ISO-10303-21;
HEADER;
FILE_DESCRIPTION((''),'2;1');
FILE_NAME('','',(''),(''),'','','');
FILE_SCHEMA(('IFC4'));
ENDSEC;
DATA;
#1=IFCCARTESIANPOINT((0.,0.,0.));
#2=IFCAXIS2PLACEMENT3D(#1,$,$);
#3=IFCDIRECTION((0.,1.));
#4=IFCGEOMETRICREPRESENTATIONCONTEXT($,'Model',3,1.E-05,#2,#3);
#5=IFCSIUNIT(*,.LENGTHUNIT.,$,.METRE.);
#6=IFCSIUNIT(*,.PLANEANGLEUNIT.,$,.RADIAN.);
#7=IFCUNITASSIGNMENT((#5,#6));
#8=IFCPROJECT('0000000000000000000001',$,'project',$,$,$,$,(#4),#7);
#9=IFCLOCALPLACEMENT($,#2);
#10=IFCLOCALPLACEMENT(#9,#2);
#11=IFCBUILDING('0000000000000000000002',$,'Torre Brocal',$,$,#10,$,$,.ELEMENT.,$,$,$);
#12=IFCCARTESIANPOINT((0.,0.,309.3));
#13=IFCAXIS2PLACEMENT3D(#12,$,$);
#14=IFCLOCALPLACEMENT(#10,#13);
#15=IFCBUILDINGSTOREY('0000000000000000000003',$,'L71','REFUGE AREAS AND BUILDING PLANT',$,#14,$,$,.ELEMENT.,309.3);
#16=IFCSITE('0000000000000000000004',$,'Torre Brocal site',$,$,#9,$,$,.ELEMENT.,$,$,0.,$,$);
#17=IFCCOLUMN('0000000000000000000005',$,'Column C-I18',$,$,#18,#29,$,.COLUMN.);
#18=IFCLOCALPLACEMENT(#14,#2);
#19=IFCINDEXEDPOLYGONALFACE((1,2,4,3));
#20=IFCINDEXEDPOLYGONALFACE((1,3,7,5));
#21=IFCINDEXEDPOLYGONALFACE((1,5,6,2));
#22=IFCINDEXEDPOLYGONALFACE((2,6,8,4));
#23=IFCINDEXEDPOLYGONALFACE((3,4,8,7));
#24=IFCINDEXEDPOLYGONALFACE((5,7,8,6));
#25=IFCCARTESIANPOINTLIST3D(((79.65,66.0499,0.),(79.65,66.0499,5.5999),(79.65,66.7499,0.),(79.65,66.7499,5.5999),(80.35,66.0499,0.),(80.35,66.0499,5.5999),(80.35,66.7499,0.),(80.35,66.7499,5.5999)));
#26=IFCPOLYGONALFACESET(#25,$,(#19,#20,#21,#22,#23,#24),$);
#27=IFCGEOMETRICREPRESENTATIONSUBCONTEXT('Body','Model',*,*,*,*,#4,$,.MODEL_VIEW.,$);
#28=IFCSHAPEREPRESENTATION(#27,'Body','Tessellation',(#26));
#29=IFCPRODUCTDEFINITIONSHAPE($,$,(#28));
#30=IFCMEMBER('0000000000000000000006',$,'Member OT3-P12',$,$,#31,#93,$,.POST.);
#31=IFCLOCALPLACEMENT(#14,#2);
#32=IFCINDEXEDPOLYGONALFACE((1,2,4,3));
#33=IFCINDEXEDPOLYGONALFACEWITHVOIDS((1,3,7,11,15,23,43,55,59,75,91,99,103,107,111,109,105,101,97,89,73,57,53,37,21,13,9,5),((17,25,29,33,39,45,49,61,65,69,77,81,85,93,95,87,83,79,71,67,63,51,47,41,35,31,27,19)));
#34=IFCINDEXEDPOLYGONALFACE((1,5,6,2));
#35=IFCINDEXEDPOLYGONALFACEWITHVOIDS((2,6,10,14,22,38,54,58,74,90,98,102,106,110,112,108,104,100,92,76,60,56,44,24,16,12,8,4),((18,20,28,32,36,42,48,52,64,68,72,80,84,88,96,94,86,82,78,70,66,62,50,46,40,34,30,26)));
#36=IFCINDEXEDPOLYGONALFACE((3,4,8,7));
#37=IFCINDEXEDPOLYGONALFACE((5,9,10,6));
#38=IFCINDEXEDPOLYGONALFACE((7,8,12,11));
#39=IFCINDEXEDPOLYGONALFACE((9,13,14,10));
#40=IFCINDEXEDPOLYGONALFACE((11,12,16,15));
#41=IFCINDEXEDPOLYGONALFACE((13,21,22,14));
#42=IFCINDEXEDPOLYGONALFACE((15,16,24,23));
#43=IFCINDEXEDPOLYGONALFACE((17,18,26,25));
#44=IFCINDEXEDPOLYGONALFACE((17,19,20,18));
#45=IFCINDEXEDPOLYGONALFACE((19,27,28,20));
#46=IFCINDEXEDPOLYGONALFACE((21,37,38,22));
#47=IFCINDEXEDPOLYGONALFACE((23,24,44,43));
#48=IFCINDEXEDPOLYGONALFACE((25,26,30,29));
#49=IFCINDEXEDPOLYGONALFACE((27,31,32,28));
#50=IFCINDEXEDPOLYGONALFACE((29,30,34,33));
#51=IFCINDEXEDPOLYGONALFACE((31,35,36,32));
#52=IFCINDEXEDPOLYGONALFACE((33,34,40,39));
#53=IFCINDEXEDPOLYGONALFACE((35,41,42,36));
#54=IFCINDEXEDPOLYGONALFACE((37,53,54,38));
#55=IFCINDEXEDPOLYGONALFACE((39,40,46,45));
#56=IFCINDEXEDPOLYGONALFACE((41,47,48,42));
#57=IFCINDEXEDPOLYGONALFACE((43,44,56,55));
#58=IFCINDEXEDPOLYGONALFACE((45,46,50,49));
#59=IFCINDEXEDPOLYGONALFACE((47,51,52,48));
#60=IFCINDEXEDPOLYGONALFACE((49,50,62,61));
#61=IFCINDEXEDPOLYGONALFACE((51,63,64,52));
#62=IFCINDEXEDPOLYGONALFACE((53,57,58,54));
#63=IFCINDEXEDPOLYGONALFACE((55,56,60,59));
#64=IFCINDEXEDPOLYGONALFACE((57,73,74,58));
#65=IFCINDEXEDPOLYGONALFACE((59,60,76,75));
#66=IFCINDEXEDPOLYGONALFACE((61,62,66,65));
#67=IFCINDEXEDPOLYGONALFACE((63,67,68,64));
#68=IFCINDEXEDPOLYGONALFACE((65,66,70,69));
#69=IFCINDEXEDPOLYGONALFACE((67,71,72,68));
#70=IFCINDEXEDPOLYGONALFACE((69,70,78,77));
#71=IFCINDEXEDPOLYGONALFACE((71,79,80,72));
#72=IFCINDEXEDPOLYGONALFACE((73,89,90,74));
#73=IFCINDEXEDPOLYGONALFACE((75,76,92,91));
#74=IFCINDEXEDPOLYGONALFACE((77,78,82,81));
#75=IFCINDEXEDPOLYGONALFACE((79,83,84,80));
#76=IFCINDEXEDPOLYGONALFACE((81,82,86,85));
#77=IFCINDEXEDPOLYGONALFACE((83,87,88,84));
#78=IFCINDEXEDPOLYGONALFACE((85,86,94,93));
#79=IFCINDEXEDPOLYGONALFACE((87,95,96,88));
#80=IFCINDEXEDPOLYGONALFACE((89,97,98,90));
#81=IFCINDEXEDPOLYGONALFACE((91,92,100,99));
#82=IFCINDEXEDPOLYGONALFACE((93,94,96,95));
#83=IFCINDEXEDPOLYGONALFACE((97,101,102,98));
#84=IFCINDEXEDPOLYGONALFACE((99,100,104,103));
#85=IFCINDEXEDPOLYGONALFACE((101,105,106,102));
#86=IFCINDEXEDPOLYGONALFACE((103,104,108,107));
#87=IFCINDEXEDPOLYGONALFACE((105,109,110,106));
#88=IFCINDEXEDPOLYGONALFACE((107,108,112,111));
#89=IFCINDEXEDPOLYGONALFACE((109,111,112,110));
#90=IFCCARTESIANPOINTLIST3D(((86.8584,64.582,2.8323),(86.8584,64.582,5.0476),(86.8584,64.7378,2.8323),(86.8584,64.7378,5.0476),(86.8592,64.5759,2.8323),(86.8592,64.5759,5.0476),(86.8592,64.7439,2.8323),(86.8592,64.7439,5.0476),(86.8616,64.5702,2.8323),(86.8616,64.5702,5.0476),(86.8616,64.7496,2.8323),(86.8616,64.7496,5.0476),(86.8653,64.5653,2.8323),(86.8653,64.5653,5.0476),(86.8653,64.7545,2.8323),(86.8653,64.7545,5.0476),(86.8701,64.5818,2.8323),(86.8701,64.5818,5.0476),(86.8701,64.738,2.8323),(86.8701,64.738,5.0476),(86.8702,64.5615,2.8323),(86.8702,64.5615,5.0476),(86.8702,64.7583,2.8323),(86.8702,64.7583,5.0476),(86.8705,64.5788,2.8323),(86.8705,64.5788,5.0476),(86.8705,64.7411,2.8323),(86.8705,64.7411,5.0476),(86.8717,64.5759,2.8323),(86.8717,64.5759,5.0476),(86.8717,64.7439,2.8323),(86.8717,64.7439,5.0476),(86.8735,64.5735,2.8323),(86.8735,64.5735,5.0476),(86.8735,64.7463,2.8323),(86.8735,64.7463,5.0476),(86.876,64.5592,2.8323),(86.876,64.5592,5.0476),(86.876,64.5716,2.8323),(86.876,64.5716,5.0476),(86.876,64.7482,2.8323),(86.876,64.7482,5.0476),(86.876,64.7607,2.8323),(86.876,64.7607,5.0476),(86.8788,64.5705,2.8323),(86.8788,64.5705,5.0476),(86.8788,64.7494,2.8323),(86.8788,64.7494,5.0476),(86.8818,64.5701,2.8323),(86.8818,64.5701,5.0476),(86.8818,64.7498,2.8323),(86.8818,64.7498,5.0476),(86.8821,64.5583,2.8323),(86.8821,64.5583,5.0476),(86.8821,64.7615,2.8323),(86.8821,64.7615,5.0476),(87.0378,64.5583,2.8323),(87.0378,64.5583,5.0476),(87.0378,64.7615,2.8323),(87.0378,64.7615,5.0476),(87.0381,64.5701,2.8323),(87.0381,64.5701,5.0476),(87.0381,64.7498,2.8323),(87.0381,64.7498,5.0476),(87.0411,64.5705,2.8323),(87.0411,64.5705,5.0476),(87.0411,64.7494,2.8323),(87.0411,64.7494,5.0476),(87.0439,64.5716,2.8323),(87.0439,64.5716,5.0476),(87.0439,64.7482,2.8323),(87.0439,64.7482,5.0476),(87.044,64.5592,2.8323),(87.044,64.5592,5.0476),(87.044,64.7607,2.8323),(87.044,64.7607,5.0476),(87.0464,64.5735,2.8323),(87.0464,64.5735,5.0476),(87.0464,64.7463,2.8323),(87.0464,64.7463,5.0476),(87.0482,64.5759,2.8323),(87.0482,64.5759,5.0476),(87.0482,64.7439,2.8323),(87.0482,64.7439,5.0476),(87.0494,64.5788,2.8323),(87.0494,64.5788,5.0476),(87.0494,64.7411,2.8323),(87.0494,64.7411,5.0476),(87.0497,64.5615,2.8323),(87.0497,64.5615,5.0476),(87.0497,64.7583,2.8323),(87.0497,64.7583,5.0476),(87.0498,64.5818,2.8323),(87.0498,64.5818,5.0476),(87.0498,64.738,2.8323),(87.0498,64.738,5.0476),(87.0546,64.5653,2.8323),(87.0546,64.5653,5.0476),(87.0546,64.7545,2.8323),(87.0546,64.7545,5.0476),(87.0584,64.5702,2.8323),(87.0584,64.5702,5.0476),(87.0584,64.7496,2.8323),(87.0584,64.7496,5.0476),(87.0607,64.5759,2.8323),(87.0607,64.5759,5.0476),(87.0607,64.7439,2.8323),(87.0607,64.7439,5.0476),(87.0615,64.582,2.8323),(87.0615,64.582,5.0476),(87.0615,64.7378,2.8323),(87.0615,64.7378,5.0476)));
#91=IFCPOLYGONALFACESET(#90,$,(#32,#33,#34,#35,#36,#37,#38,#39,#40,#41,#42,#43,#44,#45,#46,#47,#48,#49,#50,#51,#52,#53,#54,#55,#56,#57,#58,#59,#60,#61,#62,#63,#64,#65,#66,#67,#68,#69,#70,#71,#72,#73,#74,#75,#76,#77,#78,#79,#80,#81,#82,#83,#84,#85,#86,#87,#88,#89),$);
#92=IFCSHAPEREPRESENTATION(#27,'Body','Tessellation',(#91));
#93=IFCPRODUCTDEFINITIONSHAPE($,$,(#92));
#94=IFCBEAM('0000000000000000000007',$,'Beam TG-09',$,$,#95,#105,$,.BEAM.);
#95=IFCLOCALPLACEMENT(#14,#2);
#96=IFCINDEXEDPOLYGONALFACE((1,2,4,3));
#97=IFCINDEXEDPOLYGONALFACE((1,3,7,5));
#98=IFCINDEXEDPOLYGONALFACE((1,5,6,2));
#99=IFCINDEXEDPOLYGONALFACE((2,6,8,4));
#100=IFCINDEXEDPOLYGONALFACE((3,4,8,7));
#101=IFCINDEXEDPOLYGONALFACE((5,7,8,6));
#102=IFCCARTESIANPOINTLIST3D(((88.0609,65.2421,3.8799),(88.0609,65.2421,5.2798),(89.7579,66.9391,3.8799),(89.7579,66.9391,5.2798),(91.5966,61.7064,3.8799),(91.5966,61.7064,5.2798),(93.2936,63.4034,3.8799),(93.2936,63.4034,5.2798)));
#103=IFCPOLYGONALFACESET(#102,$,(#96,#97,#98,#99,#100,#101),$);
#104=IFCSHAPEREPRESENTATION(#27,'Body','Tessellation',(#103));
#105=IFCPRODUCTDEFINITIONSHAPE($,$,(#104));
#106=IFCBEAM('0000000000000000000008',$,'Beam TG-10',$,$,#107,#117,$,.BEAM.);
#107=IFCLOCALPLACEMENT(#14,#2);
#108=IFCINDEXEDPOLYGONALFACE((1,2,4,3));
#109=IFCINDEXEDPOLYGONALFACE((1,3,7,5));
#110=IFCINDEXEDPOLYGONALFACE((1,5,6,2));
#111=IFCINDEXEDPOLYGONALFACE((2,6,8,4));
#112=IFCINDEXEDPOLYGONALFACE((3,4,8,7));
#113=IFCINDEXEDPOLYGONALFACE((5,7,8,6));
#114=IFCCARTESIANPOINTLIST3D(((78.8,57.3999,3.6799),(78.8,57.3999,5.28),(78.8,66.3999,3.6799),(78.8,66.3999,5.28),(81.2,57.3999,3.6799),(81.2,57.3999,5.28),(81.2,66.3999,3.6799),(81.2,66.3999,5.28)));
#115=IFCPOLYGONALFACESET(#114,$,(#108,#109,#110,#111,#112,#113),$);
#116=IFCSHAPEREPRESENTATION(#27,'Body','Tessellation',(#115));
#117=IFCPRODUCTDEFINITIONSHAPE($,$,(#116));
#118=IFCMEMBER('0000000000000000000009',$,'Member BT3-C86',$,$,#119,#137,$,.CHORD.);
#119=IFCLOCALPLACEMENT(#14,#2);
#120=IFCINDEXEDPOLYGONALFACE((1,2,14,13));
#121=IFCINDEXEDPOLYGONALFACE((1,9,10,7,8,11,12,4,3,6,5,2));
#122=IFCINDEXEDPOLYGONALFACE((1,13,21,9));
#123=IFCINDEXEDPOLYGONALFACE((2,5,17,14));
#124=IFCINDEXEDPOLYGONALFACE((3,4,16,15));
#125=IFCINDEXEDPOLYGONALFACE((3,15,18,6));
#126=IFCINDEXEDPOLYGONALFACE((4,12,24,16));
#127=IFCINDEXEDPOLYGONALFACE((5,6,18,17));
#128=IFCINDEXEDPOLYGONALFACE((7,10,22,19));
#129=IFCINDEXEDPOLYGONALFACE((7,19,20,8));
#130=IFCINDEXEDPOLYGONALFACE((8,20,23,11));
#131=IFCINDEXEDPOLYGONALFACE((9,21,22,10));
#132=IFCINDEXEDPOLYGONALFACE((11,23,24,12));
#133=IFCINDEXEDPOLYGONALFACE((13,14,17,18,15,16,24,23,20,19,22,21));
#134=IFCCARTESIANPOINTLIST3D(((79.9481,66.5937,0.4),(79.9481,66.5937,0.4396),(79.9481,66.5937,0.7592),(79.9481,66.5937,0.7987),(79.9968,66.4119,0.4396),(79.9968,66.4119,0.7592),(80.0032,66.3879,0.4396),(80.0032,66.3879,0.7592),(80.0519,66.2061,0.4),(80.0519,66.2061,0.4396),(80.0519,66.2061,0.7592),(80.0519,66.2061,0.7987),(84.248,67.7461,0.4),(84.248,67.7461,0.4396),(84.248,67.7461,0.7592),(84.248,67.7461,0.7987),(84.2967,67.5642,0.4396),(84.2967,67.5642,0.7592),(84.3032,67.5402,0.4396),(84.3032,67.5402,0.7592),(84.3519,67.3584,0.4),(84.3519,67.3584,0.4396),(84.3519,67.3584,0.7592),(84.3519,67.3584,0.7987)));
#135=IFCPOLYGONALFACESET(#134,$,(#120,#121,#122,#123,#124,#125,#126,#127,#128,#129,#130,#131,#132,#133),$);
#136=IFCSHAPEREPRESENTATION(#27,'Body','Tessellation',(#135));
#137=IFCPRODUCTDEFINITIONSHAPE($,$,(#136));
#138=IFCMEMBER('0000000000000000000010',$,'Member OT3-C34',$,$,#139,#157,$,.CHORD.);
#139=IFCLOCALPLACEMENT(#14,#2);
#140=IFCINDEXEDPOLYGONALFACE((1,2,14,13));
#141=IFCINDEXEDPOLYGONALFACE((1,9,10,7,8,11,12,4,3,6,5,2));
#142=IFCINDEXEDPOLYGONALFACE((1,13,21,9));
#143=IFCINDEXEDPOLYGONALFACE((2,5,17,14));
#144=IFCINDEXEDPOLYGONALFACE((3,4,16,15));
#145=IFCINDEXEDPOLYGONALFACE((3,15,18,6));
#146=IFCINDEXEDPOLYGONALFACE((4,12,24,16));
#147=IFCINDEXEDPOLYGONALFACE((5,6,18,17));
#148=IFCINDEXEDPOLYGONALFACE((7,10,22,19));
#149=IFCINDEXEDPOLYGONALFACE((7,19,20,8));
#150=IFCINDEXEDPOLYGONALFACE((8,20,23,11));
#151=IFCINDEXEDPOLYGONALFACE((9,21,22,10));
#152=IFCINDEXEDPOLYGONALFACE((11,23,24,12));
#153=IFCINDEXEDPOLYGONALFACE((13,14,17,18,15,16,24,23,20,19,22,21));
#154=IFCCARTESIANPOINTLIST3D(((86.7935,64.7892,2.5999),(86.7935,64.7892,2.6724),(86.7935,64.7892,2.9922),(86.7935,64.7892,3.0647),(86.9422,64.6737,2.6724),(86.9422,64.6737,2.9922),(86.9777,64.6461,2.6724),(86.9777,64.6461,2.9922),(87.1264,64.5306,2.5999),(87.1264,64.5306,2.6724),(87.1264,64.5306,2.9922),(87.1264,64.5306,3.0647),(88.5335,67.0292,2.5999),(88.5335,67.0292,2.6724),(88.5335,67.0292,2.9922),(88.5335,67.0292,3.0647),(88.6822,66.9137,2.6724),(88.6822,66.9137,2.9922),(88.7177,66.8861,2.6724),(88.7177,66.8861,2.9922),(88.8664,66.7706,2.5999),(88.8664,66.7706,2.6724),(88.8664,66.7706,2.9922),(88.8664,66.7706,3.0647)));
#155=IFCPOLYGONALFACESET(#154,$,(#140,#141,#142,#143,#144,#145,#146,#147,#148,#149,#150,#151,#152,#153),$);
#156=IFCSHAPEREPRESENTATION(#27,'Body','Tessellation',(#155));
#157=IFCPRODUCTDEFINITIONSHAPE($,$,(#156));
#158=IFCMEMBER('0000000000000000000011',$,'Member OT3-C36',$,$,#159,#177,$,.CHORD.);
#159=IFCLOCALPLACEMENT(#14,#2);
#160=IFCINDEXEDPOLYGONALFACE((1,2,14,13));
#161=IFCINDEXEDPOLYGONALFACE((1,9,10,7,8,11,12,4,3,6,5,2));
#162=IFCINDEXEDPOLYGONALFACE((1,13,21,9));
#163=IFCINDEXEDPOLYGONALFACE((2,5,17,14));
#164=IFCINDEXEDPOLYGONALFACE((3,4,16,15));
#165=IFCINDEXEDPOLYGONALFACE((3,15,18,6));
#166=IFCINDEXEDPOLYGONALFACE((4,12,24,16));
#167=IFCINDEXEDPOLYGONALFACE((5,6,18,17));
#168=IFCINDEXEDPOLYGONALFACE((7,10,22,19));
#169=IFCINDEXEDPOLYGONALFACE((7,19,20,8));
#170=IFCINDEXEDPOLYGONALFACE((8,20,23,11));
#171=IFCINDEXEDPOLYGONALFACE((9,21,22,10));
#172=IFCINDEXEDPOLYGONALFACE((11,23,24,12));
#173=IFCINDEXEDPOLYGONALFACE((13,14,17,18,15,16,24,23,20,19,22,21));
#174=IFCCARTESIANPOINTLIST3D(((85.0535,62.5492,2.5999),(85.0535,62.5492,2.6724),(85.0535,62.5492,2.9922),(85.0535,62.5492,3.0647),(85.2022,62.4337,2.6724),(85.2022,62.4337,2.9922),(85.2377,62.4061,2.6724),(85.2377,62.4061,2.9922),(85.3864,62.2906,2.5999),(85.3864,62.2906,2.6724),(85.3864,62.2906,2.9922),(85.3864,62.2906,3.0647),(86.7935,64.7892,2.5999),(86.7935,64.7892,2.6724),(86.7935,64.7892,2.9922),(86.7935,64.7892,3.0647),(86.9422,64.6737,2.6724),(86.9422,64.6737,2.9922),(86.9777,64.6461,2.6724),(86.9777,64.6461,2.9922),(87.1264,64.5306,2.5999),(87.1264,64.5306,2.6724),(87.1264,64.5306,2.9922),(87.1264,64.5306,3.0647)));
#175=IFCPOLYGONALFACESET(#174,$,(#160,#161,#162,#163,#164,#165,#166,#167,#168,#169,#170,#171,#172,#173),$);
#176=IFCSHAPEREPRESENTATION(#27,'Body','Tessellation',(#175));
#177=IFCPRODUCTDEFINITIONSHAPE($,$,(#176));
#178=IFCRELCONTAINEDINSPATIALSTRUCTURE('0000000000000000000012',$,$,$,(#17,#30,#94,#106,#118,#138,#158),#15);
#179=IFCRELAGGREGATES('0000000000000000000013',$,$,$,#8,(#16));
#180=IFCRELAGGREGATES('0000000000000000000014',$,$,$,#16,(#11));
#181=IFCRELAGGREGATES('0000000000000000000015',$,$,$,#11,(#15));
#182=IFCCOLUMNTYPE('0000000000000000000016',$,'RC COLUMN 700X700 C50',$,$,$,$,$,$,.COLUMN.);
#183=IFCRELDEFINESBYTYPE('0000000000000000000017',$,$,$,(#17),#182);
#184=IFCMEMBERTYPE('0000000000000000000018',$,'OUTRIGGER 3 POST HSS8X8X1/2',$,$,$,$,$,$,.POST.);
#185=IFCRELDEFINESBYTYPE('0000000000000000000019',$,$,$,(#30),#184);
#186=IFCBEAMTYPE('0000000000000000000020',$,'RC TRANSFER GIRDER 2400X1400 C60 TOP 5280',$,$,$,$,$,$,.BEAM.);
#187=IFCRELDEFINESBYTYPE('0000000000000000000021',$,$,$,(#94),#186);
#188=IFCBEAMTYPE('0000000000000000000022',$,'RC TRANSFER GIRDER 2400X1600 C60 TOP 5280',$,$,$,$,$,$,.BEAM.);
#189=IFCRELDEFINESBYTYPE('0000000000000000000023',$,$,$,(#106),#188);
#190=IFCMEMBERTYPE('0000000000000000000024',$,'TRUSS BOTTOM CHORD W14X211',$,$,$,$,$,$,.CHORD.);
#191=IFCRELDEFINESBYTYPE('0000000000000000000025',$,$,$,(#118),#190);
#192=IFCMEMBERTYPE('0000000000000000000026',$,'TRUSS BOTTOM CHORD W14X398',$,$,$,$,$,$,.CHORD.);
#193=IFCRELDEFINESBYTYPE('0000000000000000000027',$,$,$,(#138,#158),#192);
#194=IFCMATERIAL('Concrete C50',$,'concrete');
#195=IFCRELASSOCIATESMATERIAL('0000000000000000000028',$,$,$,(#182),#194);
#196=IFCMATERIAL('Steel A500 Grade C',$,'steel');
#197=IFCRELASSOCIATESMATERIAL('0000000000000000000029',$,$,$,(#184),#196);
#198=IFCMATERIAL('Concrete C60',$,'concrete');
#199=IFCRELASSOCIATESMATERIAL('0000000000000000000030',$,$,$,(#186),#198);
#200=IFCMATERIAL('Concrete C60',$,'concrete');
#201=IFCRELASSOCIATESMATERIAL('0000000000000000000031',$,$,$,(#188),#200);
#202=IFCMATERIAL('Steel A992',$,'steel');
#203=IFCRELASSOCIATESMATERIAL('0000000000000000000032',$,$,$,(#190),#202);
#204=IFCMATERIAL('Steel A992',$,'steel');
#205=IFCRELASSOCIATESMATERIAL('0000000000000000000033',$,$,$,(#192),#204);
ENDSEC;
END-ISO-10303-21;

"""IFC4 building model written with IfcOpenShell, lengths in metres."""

from ifc_helpers import new_model, si_unit, direction, frame, origin, origin_2d, place, context, subcontext, project, spatial, rectangle, hollow_rectangle, i_section, extrude, material, material_profile, profile_set, type_object, element, save


model = new_model("IFC4")

# Units and contexts
model_context = context("Model", 3, precision=1e-05, world=origin(), true_north=direction((0.0, 1.0)))
body_context = subcontext(model_context, "Body", "Model", "MODEL_VIEW")
ifc_project = project(units=[si_unit("LENGTHUNIT", "METRE"), si_unit("PLANEANGLEUNIT", "RADIAN")], contexts=[model_context])

# Site, building, storey
site_placement = place(None, origin())
site = spatial("IfcSite", under=ifc_project, at=site_placement, Name="Torre Brocal site", CompositionType="ELEMENT", RefElevation=0.0)
building_placement = place(site_placement, origin())
building = spatial("IfcBuilding", under=site, at=building_placement, Name="Torre Brocal", CompositionType="ELEMENT")
storey_placement = place(building_placement, frame((0.0, 0.0, 309.3)))
storey = spatial("IfcBuildingStorey", under=building, at=storey_placement, Name="L71", Description="REFUGE AREAS AND BUILDING PLANT", CompositionType="ELEMENT", Elevation=309.3)

# Column
ifc_material_1 = material(Name="Concrete C50", Category="concrete")
ifc_material_profile_1 = material_profile(ifc_material_1, rectangle(XDim=0.7, YDim=0.7, at=origin_2d()), Name="RC 700X700")
ifc_profile_set_1 = profile_set([ifc_material_profile_1], Name="Concrete C50")
column_type = type_object("IfcColumnType", Name="RC COLUMN 700X700 C50", PredefinedType="COLUMN", material=ifc_profile_set_1)
column_placement = place(storey_placement, frame((80.0, 66.3999, 0.0), z_axis=(0.0, 0.0, 1.0), x_axis=(0.0, -1.0, 0.0)))
element("IfcColumn", 1, at=column_placement, inside=storey, type_object=column_type, Name="Column C-I18", PredefinedType="COLUMN", context=body_context, shape_type="SweptSolid", body=[
    extrude(rectangle(XDim=0.7, YDim=0.7, at=origin_2d()), origin(), (0.0, 0.0, 1.0), 5.5999),
])

# Member
ifc_material_2 = material(Name="Steel A500 Grade C", Category="steel")
ifc_material_profile_2 = material_profile(ifc_material_2, hollow_rectangle(XDim=0.2031, YDim=0.2031, WallThickness=0.0117, InnerFilletRadius=0.0117, OuterFilletRadius=0.0237, at=origin_2d()), Name="HSS8X8X1/2")
ifc_profile_set_2 = profile_set([ifc_material_profile_2], Name="Steel A500 Grade C")
member_type_1 = type_object("IfcMemberType", Name="OUTRIGGER 3 POST HSS8X8X1/2", PredefinedType="POST", material=ifc_profile_set_2)
member_1_placement = place(storey_placement, frame((86.96, 64.6599, 2.8323), z_axis=(0.0, 0.0, 1.0), x_axis=(1.0, 0.0, 0.0)))
element("IfcMember", 2, at=member_1_placement, inside=storey, type_object=member_type_1, Name="Member OT3-P12", PredefinedType="POST", context=body_context, shape_type="SweptSolid", body=[
    extrude(hollow_rectangle(XDim=0.2031, YDim=0.2031, WallThickness=0.0117, InnerFilletRadius=0.0117, OuterFilletRadius=0.0237, at=origin_2d()), origin(), (0.0, 0.0, 1.0), 2.2153),
])

# Beams
ifc_material_3 = material(Name="Concrete C60", Category="concrete")
ifc_material_profile_3 = material_profile(ifc_material_3, rectangle(XDim=2.3999, YDim=1.3999, at=origin_2d()), Name="RC 2400X1400")
ifc_profile_set_3 = profile_set([ifc_material_profile_3], Name="Concrete C60")
beam_type_1 = type_object("IfcBeamType", Name="RC TRANSFER GIRDER 2400X1400 C60 TOP 5280", PredefinedType="BEAM", material=ifc_profile_set_3)
beam_1_placement = place(storey_placement, frame((88.9094, 66.0906, 4.5798), z_axis=(0.707107, -0.707107, 0.0), x_axis=(0.707107, 0.707107, 0.0)))
element("IfcBeam", 3, at=beam_1_placement, inside=storey, type_object=beam_type_1, Name="Beam TG-09", PredefinedType="BEAM", context=body_context, shape_type="SweptSolid", body=[
    extrude(rectangle(XDim=2.3999, YDim=1.3999, at=origin_2d()), origin(), (0.0, 0.0, 1.0), 5.0002),
])
ifc_material_4 = material(Name="Concrete C60", Category="concrete")
ifc_material_profile_4 = material_profile(ifc_material_4, rectangle(XDim=2.3999, YDim=1.6001, at=origin_2d()), Name="RC 2400X1600")
ifc_profile_set_4 = profile_set([ifc_material_profile_4], Name="Concrete C60")
beam_type_2 = type_object("IfcBeamType", Name="RC TRANSFER GIRDER 2400X1600 C60 TOP 5280", PredefinedType="BEAM", material=ifc_profile_set_4)
beam_2_placement = place(storey_placement, frame((80.0, 66.3999, 4.48), z_axis=(0.0, -1.0, 0.0), x_axis=(1.0, 0.0, 0.0)))
element("IfcBeam", 4, at=beam_2_placement, inside=storey, type_object=beam_type_2, Name="Beam TG-10", PredefinedType="BEAM", context=body_context, shape_type="SweptSolid", body=[
    extrude(rectangle(XDim=2.3999, YDim=1.6001, at=origin_2d()), origin(), (0.0, 0.0, 1.0), 9.0),
])

# Members
ifc_material_5 = material(Name="Steel A992", Category="steel")
ifc_material_profile_5 = material_profile(ifc_material_5, i_section(OverallWidth=0.4014, OverallDepth=0.3987, WebThickness=0.0249, FlangeThickness=0.0396, at=origin_2d()), Name="W14X211")
ifc_profile_set_5 = profile_set([ifc_material_profile_5], Name="Steel A992")
member_type_2 = type_object("IfcMemberType", Name="TRUSS BOTTOM CHORD W14X211", PredefinedType="CHORD", material=ifc_profile_set_5)
member_2_placement = place(storey_placement, frame((80.0, 66.3999, 0.5994), z_axis=(0.965917, 0.25885, 0.0), x_axis=(-0.25885, 0.965917, 0.0)))
element("IfcMember", 5, at=member_2_placement, inside=storey, type_object=member_type_2, Name="Member BT3-C86", PredefinedType="CHORD", context=body_context, shape_type="SweptSolid", body=[
    extrude(i_section(OverallWidth=0.4014, OverallDepth=0.3987, WebThickness=0.0249, FlangeThickness=0.0396, at=origin_2d()), origin(), (0.0, 0.0, 1.0), 4.4517),
])
ifc_material_6 = material(Name="Steel A992", Category="steel")
ifc_material_profile_6 = material_profile(ifc_material_6, i_section(OverallWidth=0.4216, OverallDepth=0.4648, WebThickness=0.0449, FlangeThickness=0.0725, at=origin_2d()), Name="W14X398")
ifc_profile_set_6 = profile_set([ifc_material_profile_6], Name="Steel A992")
member_type_3 = type_object("IfcMemberType", Name="TRUSS BOTTOM CHORD W14X398", PredefinedType="CHORD", material=ifc_profile_set_6)
for number, where, z_axis, x_axis, name in (
    (6, (88.7, 66.8999, 2.8323), (-0.613452, -0.789732, 0.0), (0.789732, -0.613452, 0.0), "Member OT3-C34"),
    (7, (86.96, 64.6599, 2.8323), (-0.613452, -0.789732, 0.0), (0.789732, -0.613452, 0.0), "Member OT3-C36"),
):
    element("IfcMember", number, at=place(storey_placement, frame(where, z_axis=z_axis, x_axis=x_axis)), inside=storey, type_object=member_type_3, Name=name, PredefinedType="CHORD", context=body_context, shape_type="SweptSolid", body=[
        extrude(i_section(OverallWidth=0.4216, OverallDepth=0.4648, WebThickness=0.0449, FlangeThickness=0.0725, at=origin_2d()), origin(), (0.0, 0.0, 1.0), 2.8364),
    ])

save(model, "model.ifc")
